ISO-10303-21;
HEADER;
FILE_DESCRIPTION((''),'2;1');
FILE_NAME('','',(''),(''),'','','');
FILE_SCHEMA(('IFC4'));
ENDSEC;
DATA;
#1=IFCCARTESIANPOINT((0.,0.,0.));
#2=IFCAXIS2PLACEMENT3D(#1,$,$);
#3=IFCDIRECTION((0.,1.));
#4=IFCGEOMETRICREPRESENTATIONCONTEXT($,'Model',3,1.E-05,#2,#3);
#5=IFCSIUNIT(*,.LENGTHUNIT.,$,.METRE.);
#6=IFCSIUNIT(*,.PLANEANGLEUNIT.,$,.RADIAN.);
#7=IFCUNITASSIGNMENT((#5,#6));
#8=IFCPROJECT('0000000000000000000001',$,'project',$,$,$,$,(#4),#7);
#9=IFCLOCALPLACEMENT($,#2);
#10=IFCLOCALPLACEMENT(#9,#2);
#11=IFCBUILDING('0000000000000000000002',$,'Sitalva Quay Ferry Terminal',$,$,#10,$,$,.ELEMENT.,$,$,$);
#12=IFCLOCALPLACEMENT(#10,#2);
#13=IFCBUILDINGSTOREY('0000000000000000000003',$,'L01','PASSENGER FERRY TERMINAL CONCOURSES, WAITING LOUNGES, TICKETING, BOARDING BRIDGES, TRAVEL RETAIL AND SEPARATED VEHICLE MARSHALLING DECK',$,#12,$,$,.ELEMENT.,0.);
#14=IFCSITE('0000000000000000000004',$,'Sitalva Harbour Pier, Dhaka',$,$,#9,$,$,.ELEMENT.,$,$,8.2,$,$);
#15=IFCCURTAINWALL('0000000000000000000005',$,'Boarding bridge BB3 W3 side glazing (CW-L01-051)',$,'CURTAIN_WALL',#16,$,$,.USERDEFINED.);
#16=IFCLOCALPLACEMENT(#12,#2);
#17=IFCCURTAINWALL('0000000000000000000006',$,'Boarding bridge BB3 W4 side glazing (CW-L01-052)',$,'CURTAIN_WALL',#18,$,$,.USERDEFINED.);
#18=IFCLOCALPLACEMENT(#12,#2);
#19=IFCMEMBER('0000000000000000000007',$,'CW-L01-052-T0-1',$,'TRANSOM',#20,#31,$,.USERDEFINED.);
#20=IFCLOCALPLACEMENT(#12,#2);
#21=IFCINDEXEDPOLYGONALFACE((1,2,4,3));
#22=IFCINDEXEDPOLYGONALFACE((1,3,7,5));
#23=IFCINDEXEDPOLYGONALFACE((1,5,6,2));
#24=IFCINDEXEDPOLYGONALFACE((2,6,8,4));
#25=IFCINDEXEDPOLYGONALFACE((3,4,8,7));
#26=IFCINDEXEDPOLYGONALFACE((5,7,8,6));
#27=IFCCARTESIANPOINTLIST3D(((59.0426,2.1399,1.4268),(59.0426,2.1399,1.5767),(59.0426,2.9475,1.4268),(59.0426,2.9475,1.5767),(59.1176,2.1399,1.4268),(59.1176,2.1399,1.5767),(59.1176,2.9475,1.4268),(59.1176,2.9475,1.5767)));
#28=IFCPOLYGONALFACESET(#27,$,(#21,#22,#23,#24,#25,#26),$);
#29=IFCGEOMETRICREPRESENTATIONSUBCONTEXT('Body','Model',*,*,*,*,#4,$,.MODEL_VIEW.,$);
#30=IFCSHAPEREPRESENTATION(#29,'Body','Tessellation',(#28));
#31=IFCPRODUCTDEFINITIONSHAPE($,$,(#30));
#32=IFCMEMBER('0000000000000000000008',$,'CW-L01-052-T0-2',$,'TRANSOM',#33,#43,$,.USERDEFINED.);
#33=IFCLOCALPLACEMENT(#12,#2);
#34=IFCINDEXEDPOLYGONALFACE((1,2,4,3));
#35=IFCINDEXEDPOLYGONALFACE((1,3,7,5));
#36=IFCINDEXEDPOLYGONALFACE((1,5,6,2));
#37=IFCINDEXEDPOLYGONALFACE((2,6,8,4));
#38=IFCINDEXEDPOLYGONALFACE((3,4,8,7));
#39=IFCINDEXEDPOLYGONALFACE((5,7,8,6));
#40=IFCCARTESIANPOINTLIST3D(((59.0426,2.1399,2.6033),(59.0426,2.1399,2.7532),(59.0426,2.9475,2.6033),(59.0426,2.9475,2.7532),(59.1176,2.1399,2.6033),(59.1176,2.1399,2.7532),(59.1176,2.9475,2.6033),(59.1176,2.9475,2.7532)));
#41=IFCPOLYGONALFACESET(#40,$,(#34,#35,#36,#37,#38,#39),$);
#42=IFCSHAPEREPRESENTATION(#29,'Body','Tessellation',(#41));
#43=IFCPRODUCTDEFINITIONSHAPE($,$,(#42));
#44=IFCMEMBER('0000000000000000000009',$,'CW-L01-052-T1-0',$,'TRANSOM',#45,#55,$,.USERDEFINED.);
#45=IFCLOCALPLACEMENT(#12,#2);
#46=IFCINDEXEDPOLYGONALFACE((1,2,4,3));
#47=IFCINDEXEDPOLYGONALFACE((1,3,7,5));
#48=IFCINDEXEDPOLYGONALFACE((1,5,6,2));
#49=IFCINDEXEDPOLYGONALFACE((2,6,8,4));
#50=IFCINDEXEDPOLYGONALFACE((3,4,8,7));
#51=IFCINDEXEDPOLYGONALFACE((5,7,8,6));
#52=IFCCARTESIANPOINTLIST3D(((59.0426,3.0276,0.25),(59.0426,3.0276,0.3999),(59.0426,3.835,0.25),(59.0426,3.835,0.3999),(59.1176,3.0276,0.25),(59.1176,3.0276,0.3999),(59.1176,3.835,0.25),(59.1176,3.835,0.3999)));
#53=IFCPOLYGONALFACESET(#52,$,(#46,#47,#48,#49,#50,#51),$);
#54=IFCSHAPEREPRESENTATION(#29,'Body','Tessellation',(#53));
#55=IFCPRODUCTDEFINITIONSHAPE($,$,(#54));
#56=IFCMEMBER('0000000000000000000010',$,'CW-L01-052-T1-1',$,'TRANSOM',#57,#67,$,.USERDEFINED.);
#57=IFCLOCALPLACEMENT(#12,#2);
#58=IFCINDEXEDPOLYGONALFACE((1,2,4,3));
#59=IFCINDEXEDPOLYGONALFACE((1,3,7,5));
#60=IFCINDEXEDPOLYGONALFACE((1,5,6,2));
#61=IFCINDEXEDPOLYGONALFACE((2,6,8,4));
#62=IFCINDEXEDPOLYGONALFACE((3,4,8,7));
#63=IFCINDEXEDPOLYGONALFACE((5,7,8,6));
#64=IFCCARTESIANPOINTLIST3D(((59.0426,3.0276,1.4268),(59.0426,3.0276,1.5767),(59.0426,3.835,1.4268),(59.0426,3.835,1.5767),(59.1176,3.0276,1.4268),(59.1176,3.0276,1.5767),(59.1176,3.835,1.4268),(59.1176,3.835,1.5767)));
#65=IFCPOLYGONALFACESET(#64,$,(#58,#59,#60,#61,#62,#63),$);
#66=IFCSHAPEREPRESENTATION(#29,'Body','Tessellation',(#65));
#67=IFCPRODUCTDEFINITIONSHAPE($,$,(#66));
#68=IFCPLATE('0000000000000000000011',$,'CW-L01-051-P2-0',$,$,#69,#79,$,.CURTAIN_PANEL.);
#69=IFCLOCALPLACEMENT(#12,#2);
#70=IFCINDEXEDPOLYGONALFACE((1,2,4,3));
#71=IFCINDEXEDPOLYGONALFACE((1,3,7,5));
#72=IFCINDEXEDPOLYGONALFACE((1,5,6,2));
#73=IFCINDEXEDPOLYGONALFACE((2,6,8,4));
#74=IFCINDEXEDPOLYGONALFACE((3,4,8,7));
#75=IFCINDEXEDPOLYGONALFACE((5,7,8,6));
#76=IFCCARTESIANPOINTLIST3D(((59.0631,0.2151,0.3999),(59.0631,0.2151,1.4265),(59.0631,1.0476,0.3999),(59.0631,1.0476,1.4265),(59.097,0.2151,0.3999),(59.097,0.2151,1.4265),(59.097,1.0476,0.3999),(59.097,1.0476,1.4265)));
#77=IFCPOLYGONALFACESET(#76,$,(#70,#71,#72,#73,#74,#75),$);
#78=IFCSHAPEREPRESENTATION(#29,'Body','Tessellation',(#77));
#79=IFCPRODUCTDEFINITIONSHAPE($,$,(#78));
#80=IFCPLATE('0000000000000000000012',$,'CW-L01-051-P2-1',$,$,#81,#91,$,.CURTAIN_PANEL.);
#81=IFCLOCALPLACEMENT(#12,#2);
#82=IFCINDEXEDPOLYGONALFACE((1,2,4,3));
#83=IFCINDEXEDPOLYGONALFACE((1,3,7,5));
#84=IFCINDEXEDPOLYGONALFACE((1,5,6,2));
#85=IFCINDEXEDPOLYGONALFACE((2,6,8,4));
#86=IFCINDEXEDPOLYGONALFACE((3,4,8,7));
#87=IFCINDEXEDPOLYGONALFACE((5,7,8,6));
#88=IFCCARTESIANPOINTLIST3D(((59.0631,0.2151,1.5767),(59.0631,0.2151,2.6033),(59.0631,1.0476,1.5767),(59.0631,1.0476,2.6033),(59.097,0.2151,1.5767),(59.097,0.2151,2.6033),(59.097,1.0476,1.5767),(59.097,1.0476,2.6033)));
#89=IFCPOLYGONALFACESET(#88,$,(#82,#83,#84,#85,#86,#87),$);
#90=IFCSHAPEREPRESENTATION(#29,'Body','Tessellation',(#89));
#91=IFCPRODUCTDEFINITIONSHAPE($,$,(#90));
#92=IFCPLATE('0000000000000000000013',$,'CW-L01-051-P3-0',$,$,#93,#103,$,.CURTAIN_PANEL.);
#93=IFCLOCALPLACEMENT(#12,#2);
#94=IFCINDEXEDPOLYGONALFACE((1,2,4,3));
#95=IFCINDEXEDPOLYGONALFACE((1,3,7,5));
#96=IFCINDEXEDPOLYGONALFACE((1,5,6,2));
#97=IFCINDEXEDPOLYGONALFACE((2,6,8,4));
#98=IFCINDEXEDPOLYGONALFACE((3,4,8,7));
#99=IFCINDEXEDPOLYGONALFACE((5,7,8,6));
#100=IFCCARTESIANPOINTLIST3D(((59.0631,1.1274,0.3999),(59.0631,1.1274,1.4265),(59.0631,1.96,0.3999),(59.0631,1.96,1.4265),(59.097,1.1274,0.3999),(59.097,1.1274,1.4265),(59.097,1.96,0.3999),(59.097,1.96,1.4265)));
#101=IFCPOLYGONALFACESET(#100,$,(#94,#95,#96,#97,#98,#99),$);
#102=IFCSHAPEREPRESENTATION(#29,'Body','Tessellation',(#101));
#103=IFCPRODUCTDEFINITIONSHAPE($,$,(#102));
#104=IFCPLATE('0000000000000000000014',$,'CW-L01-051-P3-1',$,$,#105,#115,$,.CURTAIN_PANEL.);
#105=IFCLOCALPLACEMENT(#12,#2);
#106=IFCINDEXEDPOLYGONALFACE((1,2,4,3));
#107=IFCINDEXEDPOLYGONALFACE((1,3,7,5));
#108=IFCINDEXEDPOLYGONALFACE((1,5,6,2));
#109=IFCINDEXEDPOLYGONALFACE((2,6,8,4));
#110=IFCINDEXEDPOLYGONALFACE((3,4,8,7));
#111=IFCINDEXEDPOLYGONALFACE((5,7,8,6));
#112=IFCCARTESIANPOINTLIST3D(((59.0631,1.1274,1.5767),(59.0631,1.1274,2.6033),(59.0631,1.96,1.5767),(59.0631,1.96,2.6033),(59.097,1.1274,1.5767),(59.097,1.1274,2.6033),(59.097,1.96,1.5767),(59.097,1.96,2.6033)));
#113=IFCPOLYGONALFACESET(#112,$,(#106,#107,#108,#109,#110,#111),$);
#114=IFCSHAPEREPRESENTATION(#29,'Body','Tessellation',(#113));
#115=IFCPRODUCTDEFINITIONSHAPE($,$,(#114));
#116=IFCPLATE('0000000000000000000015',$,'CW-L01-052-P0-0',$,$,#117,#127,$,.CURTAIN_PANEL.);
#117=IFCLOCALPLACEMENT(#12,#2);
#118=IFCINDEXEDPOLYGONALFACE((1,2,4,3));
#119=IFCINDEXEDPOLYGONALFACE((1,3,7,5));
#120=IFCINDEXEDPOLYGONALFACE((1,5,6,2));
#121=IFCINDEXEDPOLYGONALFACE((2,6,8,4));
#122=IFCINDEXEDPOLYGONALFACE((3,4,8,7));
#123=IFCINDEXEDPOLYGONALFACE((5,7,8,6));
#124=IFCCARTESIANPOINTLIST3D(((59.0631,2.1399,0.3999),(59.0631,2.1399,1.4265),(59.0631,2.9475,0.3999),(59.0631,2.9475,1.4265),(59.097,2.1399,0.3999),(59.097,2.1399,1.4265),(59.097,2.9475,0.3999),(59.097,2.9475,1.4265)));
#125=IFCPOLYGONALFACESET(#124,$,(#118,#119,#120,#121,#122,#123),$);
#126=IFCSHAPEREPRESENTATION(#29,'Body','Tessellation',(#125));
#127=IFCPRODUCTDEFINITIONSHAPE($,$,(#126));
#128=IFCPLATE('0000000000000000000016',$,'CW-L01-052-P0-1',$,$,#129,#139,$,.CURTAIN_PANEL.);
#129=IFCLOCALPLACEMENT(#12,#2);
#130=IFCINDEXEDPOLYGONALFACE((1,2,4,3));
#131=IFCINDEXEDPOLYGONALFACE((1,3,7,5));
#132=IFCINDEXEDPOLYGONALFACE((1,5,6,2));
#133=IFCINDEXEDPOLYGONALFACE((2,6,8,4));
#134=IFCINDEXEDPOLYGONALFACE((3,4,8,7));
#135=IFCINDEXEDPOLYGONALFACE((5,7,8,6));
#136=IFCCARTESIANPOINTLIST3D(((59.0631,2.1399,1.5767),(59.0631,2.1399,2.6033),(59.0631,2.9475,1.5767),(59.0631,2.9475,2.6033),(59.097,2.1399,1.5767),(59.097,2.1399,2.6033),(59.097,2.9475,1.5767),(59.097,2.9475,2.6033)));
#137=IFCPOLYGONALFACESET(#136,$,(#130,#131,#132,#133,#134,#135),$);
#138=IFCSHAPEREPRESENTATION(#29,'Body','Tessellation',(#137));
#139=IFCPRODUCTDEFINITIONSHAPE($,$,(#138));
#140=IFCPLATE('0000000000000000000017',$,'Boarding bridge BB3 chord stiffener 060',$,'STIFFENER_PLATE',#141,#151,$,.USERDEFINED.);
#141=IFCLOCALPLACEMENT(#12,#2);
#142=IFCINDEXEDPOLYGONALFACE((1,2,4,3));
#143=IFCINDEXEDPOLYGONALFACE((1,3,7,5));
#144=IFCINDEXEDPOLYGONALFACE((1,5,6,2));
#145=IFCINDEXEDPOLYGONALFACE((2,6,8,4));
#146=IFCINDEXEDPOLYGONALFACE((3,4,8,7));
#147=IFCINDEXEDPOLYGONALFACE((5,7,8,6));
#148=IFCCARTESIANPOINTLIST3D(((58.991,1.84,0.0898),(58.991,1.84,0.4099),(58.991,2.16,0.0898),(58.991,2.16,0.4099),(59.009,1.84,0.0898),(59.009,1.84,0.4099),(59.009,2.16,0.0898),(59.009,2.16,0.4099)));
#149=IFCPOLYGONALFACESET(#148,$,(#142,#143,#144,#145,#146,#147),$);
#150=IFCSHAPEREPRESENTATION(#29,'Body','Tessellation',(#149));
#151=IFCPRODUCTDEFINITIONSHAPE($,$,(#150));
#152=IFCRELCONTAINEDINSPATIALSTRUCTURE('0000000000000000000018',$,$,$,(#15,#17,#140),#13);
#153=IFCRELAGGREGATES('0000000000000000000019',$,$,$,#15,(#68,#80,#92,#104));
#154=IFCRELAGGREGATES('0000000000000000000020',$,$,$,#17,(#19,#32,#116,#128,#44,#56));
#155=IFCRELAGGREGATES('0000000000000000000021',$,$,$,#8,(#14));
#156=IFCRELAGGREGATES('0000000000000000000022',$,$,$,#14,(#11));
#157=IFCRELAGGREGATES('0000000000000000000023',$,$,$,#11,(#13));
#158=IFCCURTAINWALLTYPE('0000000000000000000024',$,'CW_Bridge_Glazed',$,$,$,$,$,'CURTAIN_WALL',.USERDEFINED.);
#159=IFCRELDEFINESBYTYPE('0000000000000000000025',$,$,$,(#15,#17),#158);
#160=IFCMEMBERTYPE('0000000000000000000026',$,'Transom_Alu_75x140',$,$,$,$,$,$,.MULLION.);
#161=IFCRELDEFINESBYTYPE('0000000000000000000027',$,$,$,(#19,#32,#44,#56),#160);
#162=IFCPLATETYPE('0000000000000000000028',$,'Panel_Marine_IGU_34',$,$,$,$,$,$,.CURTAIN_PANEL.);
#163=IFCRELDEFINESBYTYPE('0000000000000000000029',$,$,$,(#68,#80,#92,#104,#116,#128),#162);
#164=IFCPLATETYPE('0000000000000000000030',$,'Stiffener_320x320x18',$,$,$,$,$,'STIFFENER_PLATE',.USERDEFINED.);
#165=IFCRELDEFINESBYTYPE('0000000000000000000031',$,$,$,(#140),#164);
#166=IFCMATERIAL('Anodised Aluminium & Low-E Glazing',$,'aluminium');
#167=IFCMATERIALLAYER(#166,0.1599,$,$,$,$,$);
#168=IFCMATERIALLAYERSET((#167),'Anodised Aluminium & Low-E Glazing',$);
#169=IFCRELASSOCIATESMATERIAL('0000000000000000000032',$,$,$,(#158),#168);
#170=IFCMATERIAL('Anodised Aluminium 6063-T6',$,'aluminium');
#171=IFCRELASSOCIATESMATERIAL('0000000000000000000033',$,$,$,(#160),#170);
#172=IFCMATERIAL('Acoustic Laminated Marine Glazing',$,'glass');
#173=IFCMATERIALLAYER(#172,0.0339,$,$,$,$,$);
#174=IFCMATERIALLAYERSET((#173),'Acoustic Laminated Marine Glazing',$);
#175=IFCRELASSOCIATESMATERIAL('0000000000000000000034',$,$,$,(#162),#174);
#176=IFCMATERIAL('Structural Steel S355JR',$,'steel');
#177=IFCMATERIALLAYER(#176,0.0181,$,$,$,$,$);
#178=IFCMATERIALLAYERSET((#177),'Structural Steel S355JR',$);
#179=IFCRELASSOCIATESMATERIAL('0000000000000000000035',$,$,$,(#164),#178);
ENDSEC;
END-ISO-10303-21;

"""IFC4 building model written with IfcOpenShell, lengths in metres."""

from ifc_helpers import new_model, si_unit, direction, frame, origin, origin_2d, place, context, subcontext, project, spatial, rectangle, extrude, material, layer, layer_set, material_profile, profile_set, type_object, element, aggregate, save


model = new_model("IFC4")

# Units and contexts
model_context = context("Model", 3, precision=1e-05, world=origin(), true_north=direction((0.0, 1.0)))
body_context = subcontext(model_context, "Body", "Model", "MODEL_VIEW")
ifc_project = project(units=[si_unit("LENGTHUNIT", "METRE"), si_unit("PLANEANGLEUNIT", "RADIAN")], contexts=[model_context])

# Site, building, storey
site_placement = place(None, origin())
site = spatial("IfcSite", under=ifc_project, at=site_placement, Name="Sitalva Harbour Pier, Dhaka", CompositionType="ELEMENT", RefElevation=8.2)
building_placement = place(site_placement, origin())
building = spatial("IfcBuilding", under=site, at=building_placement, Name="Sitalva Quay Ferry Terminal", CompositionType="ELEMENT")
storey_placement = place(building_placement, origin())
storey = spatial("IfcBuildingStorey", under=building, at=storey_placement, Name="L01", Description="PASSENGER FERRY TERMINAL CONCOURSES, WAITING LOUNGES, TICKETING, BOARDING BRIDGES, TRAVEL RETAIL AND SEPARATED VEHICLE MARSHALLING DECK", CompositionType="ELEMENT", Elevation=0.0)

# Curtain walls
ifc_material_1 = material(Name="Anodised Aluminium & Low-E Glazing", Category="aluminium")
ifc_layer_1 = layer(ifc_material_1, 0.1599)
ifc_layer_set_1 = layer_set([ifc_layer_1], Name="Anodised Aluminium & Low-E Glazing")
curtain_wall_type = type_object("IfcCurtainWallType", Name="CW_Bridge_Glazed", ElementType="CURTAIN_WALL", PredefinedType="USERDEFINED", material=ifc_layer_set_1)
curtain_wall_1_placement = place(storey_placement, origin())
curtain_wall_1 = element("IfcCurtainWall", 1, at=curtain_wall_1_placement, inside=storey, type_object=curtain_wall_type, Name="Boarding bridge BB3 W3 side glazing (CW-L01-051)", ObjectType="CURTAIN_WALL", PredefinedType="USERDEFINED")
curtain_wall_2_placement = place(storey_placement, origin())
curtain_wall_2 = element("IfcCurtainWall", 2, at=curtain_wall_2_placement, inside=storey, type_object=curtain_wall_type, Name="Boarding bridge BB3 W4 side glazing (CW-L01-052)", ObjectType="CURTAIN_WALL", PredefinedType="USERDEFINED")

# Members
ifc_material_2 = material(Name="Anodised Aluminium 6063-T6", Category="aluminium")
ifc_material_profile_1 = material_profile(ifc_material_2, rectangle(XDim=0.075, YDim=0.1499, at=origin_2d()), Name="ALU75x150")
ifc_profile_set_1 = profile_set([ifc_material_profile_1], Name="Anodised Aluminium 6063-T6")
member_type_1 = type_object("IfcMemberType", Name="Transom_Alu_75x140", PredefinedType="MULLION", material=ifc_profile_set_1)
member_1_placement = place(storey_placement, frame((59.0801, 2.1399, 1.5017), z_axis=(0.0, 1.0, 0.0), x_axis=(-1.0, 0.0, 0.0)))
member_1 = element("IfcMember", 3, at=member_1_placement, type_object=member_type_1, Name="CW-L01-052-T0-1", ObjectType="TRANSOM", PredefinedType="USERDEFINED", context=body_context, shape_type="SweptSolid", body=[
    extrude(rectangle(XDim=0.075, YDim=0.1499, at=origin_2d()), origin(), (0.0, 0.0, 1.0), 0.8076),
])
member_2_placement = place(storey_placement, frame((59.0801, 2.1399, 2.6782), z_axis=(0.0, 1.0, 0.0), x_axis=(-1.0, 0.0, 0.0)))
member_2 = element("IfcMember", 4, at=member_2_placement, type_object=member_type_1, Name="CW-L01-052-T0-2", ObjectType="TRANSOM", PredefinedType="USERDEFINED", context=body_context, shape_type="SweptSolid", body=[
    extrude(rectangle(XDim=0.075, YDim=0.1499, at=origin_2d()), origin(), (0.0, 0.0, 1.0), 0.8076),
])
member_3_placement = place(storey_placement, frame((59.0801, 3.0276, 0.325), z_axis=(0.0, 1.0, 0.0), x_axis=(-1.0, 0.0, 0.0)))
member_3 = element("IfcMember", 5, at=member_3_placement, type_object=member_type_1, Name="CW-L01-052-T1-0", ObjectType="TRANSOM", PredefinedType="USERDEFINED", context=body_context, shape_type="SweptSolid", body=[
    extrude(rectangle(XDim=0.075, YDim=0.1499, at=origin_2d()), origin(), (0.0, 0.0, 1.0), 0.8074),
])
member_4_placement = place(storey_placement, frame((59.0801, 3.0276, 1.5017), z_axis=(0.0, 1.0, 0.0), x_axis=(-1.0, 0.0, 0.0)))
member_4 = element("IfcMember", 6, at=member_4_placement, type_object=member_type_1, Name="CW-L01-052-T1-1", ObjectType="TRANSOM", PredefinedType="USERDEFINED", context=body_context, shape_type="SweptSolid", body=[
    extrude(rectangle(XDim=0.075, YDim=0.1499, at=origin_2d()), origin(), (0.0, 0.0, 1.0), 0.8074),
])

# Plates
ifc_material_3 = material(Name="Acoustic Laminated Marine Glazing", Category="glass")
ifc_layer_2 = layer(ifc_material_3, 0.0339)
ifc_layer_set_2 = layer_set([ifc_layer_2], Name="Acoustic Laminated Marine Glazing")
plate_type_1 = type_object("IfcPlateType", Name="Panel_Marine_IGU_34", PredefinedType="CURTAIN_PANEL", material=ifc_layer_set_2)
plate_1_placement = place(storey_placement, frame((59.0801, 0.6313, 0.3999), z_axis=(0.0, 0.0, 1.0), x_axis=(0.0, 1.0, 0.0)))
plate_1 = element("IfcPlate", 7, at=plate_1_placement, type_object=plate_type_1, Name="CW-L01-051-P2-0", PredefinedType="CURTAIN_PANEL", context=body_context, shape_type="SweptSolid", body=[
    extrude(rectangle(XDim=0.8325, YDim=0.0339, at=origin_2d()), origin(), (0.0, 0.0, 1.0), 1.0266),
])
plate_2_placement = place(storey_placement, frame((59.0801, 0.6313, 1.5767), z_axis=(0.0, 0.0, 1.0), x_axis=(0.0, 1.0, 0.0)))
plate_2 = element("IfcPlate", 8, at=plate_2_placement, type_object=plate_type_1, Name="CW-L01-051-P2-1", PredefinedType="CURTAIN_PANEL", context=body_context, shape_type="SweptSolid", body=[
    extrude(rectangle(XDim=0.8325, YDim=0.0339, at=origin_2d()), origin(), (0.0, 0.0, 1.0), 1.0266),
])
plate_3_placement = place(storey_placement, frame((59.0801, 1.5437, 0.3999), z_axis=(0.0, 0.0, 1.0), x_axis=(0.0, 1.0, 0.0)))
plate_3 = element("IfcPlate", 9, at=plate_3_placement, type_object=plate_type_1, Name="CW-L01-051-P3-0", PredefinedType="CURTAIN_PANEL", context=body_context, shape_type="SweptSolid", body=[
    extrude(rectangle(XDim=0.8325, YDim=0.0339, at=origin_2d()), origin(), (0.0, 0.0, 1.0), 1.0266),
])
plate_4_placement = place(storey_placement, frame((59.0801, 1.5437, 1.5767), z_axis=(0.0, 0.0, 1.0), x_axis=(0.0, 1.0, 0.0)))
plate_4 = element("IfcPlate", 10, at=plate_4_placement, type_object=plate_type_1, Name="CW-L01-051-P3-1", PredefinedType="CURTAIN_PANEL", context=body_context, shape_type="SweptSolid", body=[
    extrude(rectangle(XDim=0.8325, YDim=0.0339, at=origin_2d()), origin(), (0.0, 0.0, 1.0), 1.0266),
])
aggregate(curtain_wall_1, [plate_1, plate_2, plate_3, plate_4])
plate_5_placement = place(storey_placement, frame((59.0801, 2.5437, 0.3999), z_axis=(0.0, 0.0, 1.0), x_axis=(0.0, 1.0, 0.0)))
plate_5 = element("IfcPlate", 11, at=plate_5_placement, type_object=plate_type_1, Name="CW-L01-052-P0-0", PredefinedType="CURTAIN_PANEL", context=body_context, shape_type="SweptSolid", body=[
    extrude(rectangle(XDim=0.8076, YDim=0.0339, at=origin_2d()), origin(), (0.0, 0.0, 1.0), 1.0266),
])
plate_6_placement = place(storey_placement, frame((59.0801, 2.5437, 1.5767), z_axis=(0.0, 0.0, 1.0), x_axis=(0.0, 1.0, 0.0)))
plate_6 = element("IfcPlate", 12, at=plate_6_placement, type_object=plate_type_1, Name="CW-L01-052-P0-1", PredefinedType="CURTAIN_PANEL", context=body_context, shape_type="SweptSolid", body=[
    extrude(rectangle(XDim=0.8076, YDim=0.0339, at=origin_2d()), origin(), (0.0, 0.0, 1.0), 1.0266),
])
aggregate(curtain_wall_2, [member_1, member_2, plate_5, plate_6, member_3, member_4])
ifc_material_4 = material(Name="Structural Steel S355JR", Category="steel")
ifc_layer_3 = layer(ifc_material_4, 0.0181)
ifc_layer_set_3 = layer_set([ifc_layer_3], Name="Structural Steel S355JR")
plate_type_2 = type_object("IfcPlateType", Name="Stiffener_320x320x18", ElementType="STIFFENER_PLATE", PredefinedType="USERDEFINED", material=ifc_layer_set_3)
plate_7_placement = place(storey_placement, frame((59.0, 2.0, 0.0898), z_axis=(0.0, 0.0, 1.0), x_axis=(1.0, 0.0, 0.0)))
element("IfcPlate", 13, at=plate_7_placement, inside=storey, type_object=plate_type_2, Name="Boarding bridge BB3 chord stiffener 060", ObjectType="STIFFENER_PLATE", PredefinedType="USERDEFINED", context=body_context, shape_type="SweptSolid", body=[
    extrude(rectangle(XDim=0.0181, YDim=0.3201, at=origin_2d()), origin(), (0.0, 0.0, 1.0), 0.3201),
])

save(model, "model.ifc")
